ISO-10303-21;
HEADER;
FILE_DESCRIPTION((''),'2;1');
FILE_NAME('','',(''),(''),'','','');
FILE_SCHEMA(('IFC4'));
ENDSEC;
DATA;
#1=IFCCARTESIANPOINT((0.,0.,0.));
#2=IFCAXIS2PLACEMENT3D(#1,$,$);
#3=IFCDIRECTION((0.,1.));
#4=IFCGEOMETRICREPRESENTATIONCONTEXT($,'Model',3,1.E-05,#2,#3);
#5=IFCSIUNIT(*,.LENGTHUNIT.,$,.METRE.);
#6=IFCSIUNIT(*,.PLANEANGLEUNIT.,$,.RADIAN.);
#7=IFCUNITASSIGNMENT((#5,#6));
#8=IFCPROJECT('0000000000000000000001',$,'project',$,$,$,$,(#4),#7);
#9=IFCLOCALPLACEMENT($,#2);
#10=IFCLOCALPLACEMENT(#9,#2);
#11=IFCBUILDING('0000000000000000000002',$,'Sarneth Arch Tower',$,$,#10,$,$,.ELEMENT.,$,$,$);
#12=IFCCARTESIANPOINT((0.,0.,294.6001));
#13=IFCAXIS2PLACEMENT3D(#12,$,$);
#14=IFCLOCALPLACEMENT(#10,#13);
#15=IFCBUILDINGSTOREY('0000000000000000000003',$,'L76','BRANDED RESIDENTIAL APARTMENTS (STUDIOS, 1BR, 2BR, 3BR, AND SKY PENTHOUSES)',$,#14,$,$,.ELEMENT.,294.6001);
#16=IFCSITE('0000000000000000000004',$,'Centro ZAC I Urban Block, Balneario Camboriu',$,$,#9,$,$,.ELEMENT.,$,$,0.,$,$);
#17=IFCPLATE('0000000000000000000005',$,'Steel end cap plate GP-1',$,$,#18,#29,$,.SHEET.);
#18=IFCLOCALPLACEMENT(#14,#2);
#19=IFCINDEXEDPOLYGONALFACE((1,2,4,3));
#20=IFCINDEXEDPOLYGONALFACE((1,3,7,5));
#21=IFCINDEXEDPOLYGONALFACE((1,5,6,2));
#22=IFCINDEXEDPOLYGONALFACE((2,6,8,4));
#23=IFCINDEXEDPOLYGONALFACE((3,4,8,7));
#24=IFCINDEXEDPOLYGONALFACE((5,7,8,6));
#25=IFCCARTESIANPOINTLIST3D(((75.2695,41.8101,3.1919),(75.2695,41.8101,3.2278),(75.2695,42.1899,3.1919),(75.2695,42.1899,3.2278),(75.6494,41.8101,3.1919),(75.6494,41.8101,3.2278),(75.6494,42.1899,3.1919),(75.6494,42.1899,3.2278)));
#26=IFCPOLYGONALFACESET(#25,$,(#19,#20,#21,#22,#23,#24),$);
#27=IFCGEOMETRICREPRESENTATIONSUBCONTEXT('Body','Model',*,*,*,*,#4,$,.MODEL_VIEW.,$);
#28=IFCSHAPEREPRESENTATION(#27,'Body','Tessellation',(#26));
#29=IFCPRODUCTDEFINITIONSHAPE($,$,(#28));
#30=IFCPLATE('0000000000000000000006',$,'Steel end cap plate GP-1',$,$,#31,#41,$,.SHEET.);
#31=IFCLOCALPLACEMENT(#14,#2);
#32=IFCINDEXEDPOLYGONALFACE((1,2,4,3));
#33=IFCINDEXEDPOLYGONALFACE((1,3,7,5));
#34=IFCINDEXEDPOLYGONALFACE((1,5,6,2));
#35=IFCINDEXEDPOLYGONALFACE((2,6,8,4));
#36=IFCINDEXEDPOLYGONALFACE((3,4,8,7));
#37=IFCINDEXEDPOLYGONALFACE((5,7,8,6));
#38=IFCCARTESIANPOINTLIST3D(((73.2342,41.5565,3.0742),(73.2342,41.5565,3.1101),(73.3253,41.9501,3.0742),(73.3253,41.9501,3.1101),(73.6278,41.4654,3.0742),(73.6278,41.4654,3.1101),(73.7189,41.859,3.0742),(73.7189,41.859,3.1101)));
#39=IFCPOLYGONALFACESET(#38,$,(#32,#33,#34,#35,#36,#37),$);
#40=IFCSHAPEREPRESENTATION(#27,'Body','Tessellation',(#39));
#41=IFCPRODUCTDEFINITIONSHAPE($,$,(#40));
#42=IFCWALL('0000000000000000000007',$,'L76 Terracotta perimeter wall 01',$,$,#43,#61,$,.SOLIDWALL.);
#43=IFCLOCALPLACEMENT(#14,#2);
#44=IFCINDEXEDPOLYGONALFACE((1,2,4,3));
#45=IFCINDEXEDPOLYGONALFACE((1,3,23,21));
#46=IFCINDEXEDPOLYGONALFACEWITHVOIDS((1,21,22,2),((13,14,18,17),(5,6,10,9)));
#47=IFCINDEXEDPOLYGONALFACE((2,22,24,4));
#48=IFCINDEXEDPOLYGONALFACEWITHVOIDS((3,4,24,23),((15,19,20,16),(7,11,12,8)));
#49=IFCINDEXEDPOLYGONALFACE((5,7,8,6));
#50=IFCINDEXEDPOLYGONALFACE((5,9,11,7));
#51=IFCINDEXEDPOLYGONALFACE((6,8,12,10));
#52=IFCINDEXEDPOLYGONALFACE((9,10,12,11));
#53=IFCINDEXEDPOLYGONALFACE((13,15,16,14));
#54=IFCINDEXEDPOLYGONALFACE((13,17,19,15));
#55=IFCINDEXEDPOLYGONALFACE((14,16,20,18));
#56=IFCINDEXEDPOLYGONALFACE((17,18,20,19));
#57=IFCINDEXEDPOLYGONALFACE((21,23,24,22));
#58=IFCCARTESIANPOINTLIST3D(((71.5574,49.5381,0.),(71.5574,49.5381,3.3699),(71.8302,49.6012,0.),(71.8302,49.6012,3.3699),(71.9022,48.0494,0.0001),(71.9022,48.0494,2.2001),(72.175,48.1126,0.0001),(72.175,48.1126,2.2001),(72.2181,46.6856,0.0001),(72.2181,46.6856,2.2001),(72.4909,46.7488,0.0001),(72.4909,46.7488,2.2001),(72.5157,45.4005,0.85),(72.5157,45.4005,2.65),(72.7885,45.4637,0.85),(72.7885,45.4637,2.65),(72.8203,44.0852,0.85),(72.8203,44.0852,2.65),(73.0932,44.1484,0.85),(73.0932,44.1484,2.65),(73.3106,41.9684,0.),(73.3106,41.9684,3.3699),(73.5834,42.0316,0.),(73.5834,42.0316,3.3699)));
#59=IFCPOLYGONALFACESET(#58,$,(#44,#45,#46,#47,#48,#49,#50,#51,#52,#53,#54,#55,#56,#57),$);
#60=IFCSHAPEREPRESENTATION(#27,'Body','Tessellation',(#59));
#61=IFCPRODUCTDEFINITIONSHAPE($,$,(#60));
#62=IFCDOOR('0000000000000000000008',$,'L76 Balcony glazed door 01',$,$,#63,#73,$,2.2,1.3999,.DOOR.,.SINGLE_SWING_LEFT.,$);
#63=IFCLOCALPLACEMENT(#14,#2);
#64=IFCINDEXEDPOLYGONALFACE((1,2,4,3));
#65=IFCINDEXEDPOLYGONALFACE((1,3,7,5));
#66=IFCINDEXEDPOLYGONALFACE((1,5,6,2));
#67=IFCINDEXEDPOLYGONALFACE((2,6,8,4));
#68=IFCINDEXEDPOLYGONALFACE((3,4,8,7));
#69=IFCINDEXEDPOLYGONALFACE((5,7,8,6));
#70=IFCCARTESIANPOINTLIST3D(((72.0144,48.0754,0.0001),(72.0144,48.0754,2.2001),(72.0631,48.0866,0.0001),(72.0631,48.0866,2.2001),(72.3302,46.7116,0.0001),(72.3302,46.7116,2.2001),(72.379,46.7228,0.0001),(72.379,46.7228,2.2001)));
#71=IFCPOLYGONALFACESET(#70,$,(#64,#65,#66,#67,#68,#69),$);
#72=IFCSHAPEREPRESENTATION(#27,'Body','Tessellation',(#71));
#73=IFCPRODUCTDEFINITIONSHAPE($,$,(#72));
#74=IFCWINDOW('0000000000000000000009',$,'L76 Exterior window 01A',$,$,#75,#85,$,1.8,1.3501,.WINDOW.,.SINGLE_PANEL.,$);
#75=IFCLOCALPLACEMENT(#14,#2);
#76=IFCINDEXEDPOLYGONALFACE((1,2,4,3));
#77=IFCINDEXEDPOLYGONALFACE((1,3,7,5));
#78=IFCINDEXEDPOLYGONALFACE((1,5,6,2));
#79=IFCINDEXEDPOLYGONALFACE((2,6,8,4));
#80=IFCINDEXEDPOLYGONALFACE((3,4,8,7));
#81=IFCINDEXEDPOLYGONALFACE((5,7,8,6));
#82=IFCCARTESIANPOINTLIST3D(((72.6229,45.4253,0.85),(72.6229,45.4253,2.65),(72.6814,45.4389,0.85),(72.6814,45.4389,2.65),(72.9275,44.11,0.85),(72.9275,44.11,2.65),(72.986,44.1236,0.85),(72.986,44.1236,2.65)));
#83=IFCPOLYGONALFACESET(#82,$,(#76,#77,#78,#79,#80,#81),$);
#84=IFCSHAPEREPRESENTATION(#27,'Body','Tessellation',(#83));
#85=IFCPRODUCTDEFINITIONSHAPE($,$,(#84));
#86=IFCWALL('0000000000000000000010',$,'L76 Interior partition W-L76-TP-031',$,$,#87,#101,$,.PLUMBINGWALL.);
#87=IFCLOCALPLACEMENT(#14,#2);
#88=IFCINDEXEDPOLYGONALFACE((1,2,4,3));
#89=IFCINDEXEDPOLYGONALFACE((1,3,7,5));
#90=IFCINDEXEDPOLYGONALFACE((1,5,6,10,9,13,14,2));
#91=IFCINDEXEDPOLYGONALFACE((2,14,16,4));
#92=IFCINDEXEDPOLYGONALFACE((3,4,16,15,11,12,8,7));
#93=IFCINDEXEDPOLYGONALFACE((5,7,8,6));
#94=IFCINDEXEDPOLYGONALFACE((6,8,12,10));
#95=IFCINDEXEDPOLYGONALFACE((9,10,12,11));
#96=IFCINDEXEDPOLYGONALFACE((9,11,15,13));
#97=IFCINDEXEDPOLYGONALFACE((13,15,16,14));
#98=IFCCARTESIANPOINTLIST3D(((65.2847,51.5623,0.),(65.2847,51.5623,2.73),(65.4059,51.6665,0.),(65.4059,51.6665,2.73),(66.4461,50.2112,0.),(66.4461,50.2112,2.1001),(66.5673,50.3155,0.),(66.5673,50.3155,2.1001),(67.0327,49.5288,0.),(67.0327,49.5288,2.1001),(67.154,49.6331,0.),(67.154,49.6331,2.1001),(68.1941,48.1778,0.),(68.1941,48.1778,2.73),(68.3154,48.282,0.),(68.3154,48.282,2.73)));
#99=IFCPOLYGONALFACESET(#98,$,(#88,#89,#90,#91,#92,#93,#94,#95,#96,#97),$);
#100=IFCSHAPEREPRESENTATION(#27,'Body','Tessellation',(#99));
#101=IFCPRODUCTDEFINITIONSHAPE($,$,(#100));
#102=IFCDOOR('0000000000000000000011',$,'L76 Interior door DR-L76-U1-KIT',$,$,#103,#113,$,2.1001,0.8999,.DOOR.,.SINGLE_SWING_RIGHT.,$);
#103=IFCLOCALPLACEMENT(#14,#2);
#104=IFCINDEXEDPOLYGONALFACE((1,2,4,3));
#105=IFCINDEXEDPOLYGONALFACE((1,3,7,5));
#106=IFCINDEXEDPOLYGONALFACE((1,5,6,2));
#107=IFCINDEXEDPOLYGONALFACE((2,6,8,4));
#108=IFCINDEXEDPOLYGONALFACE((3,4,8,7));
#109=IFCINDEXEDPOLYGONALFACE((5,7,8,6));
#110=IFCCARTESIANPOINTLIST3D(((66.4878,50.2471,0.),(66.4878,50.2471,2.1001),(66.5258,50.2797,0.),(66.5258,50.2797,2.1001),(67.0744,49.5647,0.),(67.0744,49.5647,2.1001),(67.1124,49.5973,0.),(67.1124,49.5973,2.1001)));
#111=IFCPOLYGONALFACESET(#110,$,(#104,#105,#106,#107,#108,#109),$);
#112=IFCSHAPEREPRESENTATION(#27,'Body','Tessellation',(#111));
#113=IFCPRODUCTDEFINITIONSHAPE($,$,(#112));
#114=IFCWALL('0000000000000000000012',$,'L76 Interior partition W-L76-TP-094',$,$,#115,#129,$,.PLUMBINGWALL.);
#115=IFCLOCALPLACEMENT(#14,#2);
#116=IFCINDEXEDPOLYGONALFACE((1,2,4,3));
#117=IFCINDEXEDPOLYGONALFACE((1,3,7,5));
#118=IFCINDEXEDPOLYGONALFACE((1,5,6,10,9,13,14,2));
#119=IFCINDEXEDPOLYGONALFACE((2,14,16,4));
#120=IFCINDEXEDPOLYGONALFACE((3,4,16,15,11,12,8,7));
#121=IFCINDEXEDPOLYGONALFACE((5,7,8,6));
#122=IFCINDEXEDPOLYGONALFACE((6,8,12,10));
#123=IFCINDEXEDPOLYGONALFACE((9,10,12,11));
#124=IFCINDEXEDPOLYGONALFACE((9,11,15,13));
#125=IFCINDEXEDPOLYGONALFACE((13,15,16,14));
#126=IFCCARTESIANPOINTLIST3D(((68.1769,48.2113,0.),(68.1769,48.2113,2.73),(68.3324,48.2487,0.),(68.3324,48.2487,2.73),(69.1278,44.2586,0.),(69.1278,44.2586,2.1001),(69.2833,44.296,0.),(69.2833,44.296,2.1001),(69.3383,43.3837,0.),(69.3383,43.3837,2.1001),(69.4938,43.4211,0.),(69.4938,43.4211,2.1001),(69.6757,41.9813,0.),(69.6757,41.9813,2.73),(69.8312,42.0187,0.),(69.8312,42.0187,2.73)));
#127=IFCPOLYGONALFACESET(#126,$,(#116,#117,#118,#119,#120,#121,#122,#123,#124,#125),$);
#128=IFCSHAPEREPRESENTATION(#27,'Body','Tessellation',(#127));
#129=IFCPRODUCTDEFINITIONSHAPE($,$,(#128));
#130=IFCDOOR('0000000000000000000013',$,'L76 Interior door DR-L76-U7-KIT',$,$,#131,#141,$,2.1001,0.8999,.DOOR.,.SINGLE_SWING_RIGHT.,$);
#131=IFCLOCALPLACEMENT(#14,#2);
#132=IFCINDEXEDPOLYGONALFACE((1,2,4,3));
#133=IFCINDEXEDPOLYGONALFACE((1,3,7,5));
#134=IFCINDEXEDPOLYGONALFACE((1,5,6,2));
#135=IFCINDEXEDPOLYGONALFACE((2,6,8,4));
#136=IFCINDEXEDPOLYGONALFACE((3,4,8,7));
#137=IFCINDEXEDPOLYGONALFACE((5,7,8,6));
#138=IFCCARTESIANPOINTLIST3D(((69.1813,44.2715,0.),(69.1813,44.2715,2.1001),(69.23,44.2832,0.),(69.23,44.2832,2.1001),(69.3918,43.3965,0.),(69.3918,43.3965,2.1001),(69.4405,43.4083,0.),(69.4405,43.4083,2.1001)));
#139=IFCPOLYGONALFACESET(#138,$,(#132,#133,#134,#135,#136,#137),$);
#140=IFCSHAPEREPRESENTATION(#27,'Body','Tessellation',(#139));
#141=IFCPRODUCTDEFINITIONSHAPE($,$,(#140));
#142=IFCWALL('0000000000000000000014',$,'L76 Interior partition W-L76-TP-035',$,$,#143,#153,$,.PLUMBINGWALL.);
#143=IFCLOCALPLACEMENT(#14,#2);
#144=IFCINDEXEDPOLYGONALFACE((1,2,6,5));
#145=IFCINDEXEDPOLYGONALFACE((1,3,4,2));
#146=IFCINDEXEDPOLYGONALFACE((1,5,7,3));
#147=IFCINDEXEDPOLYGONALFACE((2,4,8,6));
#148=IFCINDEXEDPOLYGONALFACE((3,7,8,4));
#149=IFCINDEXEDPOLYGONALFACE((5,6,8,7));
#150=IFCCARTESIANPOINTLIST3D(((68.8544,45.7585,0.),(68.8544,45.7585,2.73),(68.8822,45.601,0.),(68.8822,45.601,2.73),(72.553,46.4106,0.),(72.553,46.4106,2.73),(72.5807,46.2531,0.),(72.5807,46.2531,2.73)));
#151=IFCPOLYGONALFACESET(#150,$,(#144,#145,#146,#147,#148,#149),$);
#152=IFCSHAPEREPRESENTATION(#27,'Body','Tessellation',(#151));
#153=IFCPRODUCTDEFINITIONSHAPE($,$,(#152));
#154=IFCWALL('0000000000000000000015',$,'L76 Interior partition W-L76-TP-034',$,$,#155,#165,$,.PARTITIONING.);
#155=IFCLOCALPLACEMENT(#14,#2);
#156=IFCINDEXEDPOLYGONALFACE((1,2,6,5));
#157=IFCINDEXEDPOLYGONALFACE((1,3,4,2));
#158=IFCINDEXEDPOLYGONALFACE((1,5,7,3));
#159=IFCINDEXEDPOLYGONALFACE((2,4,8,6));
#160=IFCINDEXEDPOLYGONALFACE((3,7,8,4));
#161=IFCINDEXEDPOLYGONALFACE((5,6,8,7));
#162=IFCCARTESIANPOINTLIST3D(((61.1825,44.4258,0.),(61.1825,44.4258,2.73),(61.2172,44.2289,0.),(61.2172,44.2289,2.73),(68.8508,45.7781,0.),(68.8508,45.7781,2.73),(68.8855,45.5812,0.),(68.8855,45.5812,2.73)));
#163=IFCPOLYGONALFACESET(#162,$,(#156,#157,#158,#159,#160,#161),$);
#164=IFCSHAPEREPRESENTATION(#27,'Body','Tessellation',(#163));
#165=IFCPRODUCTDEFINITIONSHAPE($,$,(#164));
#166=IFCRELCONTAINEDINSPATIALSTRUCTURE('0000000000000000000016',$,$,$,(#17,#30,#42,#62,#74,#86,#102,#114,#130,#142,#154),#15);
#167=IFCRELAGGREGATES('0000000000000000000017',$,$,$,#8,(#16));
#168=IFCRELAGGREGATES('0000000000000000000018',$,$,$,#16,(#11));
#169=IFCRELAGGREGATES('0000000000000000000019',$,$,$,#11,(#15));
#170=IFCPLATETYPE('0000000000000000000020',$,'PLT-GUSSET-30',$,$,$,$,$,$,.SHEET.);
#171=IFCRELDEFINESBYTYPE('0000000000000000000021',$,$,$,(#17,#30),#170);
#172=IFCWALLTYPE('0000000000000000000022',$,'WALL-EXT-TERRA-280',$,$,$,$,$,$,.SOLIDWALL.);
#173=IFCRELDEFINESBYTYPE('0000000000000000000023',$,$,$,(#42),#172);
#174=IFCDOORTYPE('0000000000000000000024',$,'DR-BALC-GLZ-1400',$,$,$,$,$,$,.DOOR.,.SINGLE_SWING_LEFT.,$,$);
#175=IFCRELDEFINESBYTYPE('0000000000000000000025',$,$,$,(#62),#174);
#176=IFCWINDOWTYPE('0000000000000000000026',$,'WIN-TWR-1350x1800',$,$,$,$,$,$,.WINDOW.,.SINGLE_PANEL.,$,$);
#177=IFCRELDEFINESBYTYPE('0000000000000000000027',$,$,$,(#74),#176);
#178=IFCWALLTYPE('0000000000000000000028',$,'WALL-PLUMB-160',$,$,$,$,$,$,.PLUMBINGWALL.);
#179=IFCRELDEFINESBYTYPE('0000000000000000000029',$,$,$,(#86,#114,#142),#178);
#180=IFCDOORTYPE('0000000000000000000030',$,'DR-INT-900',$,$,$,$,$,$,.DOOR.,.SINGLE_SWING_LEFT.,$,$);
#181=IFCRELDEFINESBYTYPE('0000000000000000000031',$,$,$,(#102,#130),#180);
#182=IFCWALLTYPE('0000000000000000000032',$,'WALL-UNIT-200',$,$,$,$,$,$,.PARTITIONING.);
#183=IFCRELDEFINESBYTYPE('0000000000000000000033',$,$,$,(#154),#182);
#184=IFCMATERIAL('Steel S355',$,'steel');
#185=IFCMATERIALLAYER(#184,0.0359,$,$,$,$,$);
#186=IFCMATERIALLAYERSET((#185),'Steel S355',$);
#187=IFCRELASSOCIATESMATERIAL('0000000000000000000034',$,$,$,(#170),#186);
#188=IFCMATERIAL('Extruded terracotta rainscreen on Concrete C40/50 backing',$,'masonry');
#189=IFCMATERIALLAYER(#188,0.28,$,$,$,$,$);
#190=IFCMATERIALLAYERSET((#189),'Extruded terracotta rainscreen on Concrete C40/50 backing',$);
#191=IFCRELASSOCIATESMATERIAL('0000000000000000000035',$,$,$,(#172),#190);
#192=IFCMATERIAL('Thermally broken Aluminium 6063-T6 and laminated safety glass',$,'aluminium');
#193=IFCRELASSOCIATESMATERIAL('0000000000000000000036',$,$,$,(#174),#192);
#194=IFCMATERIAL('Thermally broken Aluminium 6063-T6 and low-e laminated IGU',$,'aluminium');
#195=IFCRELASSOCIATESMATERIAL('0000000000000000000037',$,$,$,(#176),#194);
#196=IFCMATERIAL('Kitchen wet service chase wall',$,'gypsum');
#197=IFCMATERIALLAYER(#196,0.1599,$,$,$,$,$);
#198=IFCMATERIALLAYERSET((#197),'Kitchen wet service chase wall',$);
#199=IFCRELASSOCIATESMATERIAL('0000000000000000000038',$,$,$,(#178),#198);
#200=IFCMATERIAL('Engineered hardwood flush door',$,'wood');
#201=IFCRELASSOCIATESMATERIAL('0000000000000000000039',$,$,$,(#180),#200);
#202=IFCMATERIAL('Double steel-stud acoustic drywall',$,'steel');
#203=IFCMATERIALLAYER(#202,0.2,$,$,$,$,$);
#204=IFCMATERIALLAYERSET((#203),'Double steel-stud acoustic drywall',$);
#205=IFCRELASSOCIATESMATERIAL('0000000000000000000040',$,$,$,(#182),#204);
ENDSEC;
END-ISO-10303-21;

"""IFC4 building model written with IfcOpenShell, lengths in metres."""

from ifc_helpers import new_model, si_unit, direction, frame, frame_2d, origin, origin_2d, place, context, subcontext, project, spatial, rectangle, extrude, material, layer, layer_set, type_object, element, fill, save


model = new_model("IFC4")

# Units and contexts
model_context = context("Model", 3, precision=1e-05, world=origin(), true_north=direction((0.0, 1.0)))
body_context = subcontext(model_context, "Body", "Model", "MODEL_VIEW")
ifc_project = project(units=[si_unit("LENGTHUNIT", "METRE"), si_unit("PLANEANGLEUNIT", "RADIAN")], contexts=[model_context])

# Site, building, storey
site_placement = place(None, origin())
site = spatial("IfcSite", under=ifc_project, at=site_placement, Name="Centro ZAC I Urban Block, Balneario Camboriu", CompositionType="ELEMENT", RefElevation=0.0)
building_placement = place(site_placement, origin())
building = spatial("IfcBuilding", under=site, at=building_placement, Name="Sarneth Arch Tower", CompositionType="ELEMENT")
storey_placement = place(building_placement, frame((0.0, 0.0, 294.6001)))
storey = spatial("IfcBuildingStorey", under=building, at=storey_placement, Name="L76", Description="BRANDED RESIDENTIAL APARTMENTS (STUDIOS, 1BR, 2BR, 3BR, AND SKY PENTHOUSES)", CompositionType="ELEMENT", Elevation=294.6001)

# Plates
ifc_material_1 = material(Name="Steel S355", Category="steel")
ifc_layer_1 = layer(ifc_material_1, 0.0359)
ifc_layer_set_1 = layer_set([ifc_layer_1], Name="Steel S355")
plate_type_1 = type_object("IfcPlateType", Name="PLT-GUSSET-30", PredefinedType="SHEET", material=ifc_layer_set_1)
plate_1_placement = place(storey_placement, frame((75.4595, 42.0, 3.1919), z_axis=(0.0, 0.0, 1.0), x_axis=(1.0, 0.0, 0.0)))
element("IfcPlate", 1, at=plate_1_placement, inside=storey, type_object=plate_type_1, Name="Steel end cap plate GP-1", PredefinedType="SHEET", context=body_context, shape_type="SweptSolid", body=[
    extrude(rectangle(XDim=0.3799, YDim=0.3799, at=origin_2d()), origin(), (0.0, 0.0, 1.0), 0.0359),
])
plate_2_placement = place(storey_placement, frame((73.4766, 41.7078, 3.0742), z_axis=(0.0, 0.0, 1.0), x_axis=(0.225461, 0.974252, 0.0)))
element("IfcPlate", 2, at=plate_2_placement, inside=storey, type_object=plate_type_1, Name="Steel end cap plate GP-1", PredefinedType="SHEET", context=body_context, shape_type="SweptSolid", body=[
    extrude(rectangle(XDim=0.4041, YDim=0.4041, at=origin_2d()), origin(), (0.0, 0.0, 1.0), 0.0359),
])

# Wall, openings, door, window
ifc_material_2 = material(Name="Extruded terracotta rainscreen on Concrete C40/50 backing", Category="masonry")
ifc_layer_2 = layer(ifc_material_2, 0.28)
ifc_layer_set_2 = layer_set([ifc_layer_2], Name="Extruded terracotta rainscreen on Concrete C40/50 backing")
wall_type_1 = type_object("IfcWallType", Name="WALL-EXT-TERRA-280", PredefinedType="SOLIDWALL", material=ifc_layer_set_2)
wall_1_placement = place(storey_placement, frame((73.447, 42.0, 0.0), z_axis=(0.0, 0.0, 1.0), x_axis=(-0.225635, 0.974212, 0.0)))
wall_1 = element("IfcWall", 3, at=wall_1_placement, inside=storey, type_object=wall_type_1, Name="L76 Terracotta perimeter wall 01", PredefinedType="SOLIDWALL", context=body_context, shape_type="SweptSolid", body=[
    extrude(rectangle(XDim=7.77, YDim=0.28, at=frame_2d((3.885, 0.0))), origin(), (0.0, 0.0, 1.0), 3.3699),
])
opening_1_placement = place(wall_1_placement, frame((2.1729, 0.0, 0.8501)))
opening_1 = element("IfcOpeningElement", 4, at=opening_1_placement, cuts=wall_1, PredefinedType="OPENING", context=body_context, shape_type="SweptSolid", body=[
    extrude(rectangle(XDim=1.3501, YDim=1.8, at=frame_2d((0.675, 0.8999))), frame((0.0, 0.1499, 0.0), z_axis=(0.0, -1.0, 0.0), x_axis=(1.0, 0.0, 0.0)), (0.0, 0.0, 1.0), 0.3),
])
opening_2_placement = place(wall_1_placement, frame((4.842, 0.0, 0.0)))
opening_2 = element("IfcOpeningElement", 5, at=opening_2_placement, cuts=wall_1, PredefinedType="OPENING", context=body_context, shape_type="SweptSolid", body=[
    extrude(rectangle(XDim=1.3999, YDim=2.2, at=frame_2d((0.7, 1.1001))), frame((0.0, 0.1499, 0.0), z_axis=(0.0, -1.0, 0.0), x_axis=(1.0, 0.0, 0.0)), (0.0, 0.0, 1.0), 0.3),
])
ifc_material_3 = material(Name="Thermally broken Aluminium 6063-T6 and laminated safety glass", Category="aluminium")
door_type_1 = type_object("IfcDoorType", Name="DR-BALC-GLZ-1400", OperationType="SINGLE_SWING_LEFT", PredefinedType="DOOR", material=ifc_material_3)
door_1_placement = place(opening_2_placement, origin())
door_1 = element("IfcDoor", 6, at=door_1_placement, inside=storey, type_object=door_type_1, Name="L76 Balcony glazed door 01", OperationType="SINGLE_SWING_LEFT", OverallHeight=2.2, OverallWidth=1.3999, PredefinedType="DOOR", context=body_context, shape_type="SweptSolid", body=[
    extrude(rectangle(XDim=1.3999, YDim=2.2, at=frame_2d((0.7, 1.1001))), frame((0.0, 0.0249, 0.0), z_axis=(0.0, -1.0, 0.0), x_axis=(1.0, 0.0, 0.0)), (0.0, 0.0, 1.0), 0.05),
])
fill(opening_2, door_1)
ifc_material_4 = material(Name="Thermally broken Aluminium 6063-T6 and low-e laminated IGU", Category="aluminium")
window_type = type_object("IfcWindowType", Name="WIN-TWR-1350x1800", PartitioningType="SINGLE_PANEL", PredefinedType="WINDOW", material=ifc_material_4)
window_placement = place(opening_1_placement, origin())
window = element("IfcWindow", 7, at=window_placement, inside=storey, type_object=window_type, Name="L76 Exterior window 01A", OverallHeight=1.8, OverallWidth=1.3501, PartitioningType="SINGLE_PANEL", PredefinedType="WINDOW", context=body_context, shape_type="SweptSolid", body=[
    extrude(rectangle(XDim=1.3501, YDim=1.8, at=frame_2d((0.675, 0.8999))), frame((0.0, 0.03, 0.0), z_axis=(0.0, -1.0, 0.0), x_axis=(1.0, 0.0, 0.0)), (0.0, 0.0, 1.0), 0.0601),
])
fill(opening_1, window)

# Walls, openings, doors
ifc_material_5 = material(Name="Kitchen wet service chase wall", Category="gypsum")
ifc_layer_3 = layer(ifc_material_5, 0.1599)
ifc_layer_set_3 = layer_set([ifc_layer_3], Name="Kitchen wet service chase wall")
wall_type_2 = type_object("IfcWallType", Name="WALL-PLUMB-160", PredefinedType="PLUMBINGWALL", material=ifc_layer_set_3)
wall_2_placement = place(storey_placement, frame((68.2546, 48.23, 0.0), z_axis=(0.0, 0.0, 1.0), x_axis=(-0.651876, 0.758325, 0.0)))
wall_2 = element("IfcWall", 8, at=wall_2_placement, inside=storey, type_object=wall_type_2, Name="L76 Interior partition W-L76-TP-031", PredefinedType="PLUMBINGWALL", context=body_context, shape_type="SweptSolid", body=[
    extrude(rectangle(XDim=4.4631, YDim=0.1599, at=frame_2d((2.2314, 0.0))), origin(), (0.0, 0.0, 1.0), 2.73),
])
opening_3_placement = place(wall_2_placement, frame((1.7815, 0.0, 0.0)))
opening_3 = element("IfcOpeningElement", 9, at=opening_3_placement, cuts=wall_2, PredefinedType="OPENING", context=body_context, shape_type="SweptSolid", body=[
    extrude(rectangle(XDim=0.8999, YDim=2.1001, at=frame_2d((0.45, 1.05))), frame((0.0, 0.0898, 0.0), z_axis=(0.0, -1.0, 0.0), x_axis=(1.0, 0.0, 0.0)), (0.0, 0.0, 1.0), 0.1799),
])
ifc_material_6 = material(Name="Engineered hardwood flush door", Category="wood")
door_type_2 = type_object("IfcDoorType", Name="DR-INT-900", OperationType="SINGLE_SWING_LEFT", PredefinedType="DOOR", material=ifc_material_6)
door_2_placement = place(opening_3_placement, origin())
door_2 = element("IfcDoor", 10, at=door_2_placement, inside=storey, type_object=door_type_2, Name="L76 Interior door DR-L76-U1-KIT", OperationType="SINGLE_SWING_RIGHT", OverallHeight=2.1001, OverallWidth=0.8999, PredefinedType="DOOR", context=body_context, shape_type="SweptSolid", body=[
    extrude(rectangle(XDim=0.8999, YDim=2.1001, at=frame_2d((0.45, 1.05))), frame((0.0, 0.0249, 0.0), z_axis=(0.0, -1.0, 0.0), x_axis=(1.0, 0.0, 0.0)), (0.0, 0.0, 1.0), 0.05),
])
fill(opening_3, door_2)
wall_3_placement = place(storey_placement, frame((69.7534, 42.0, 0.0), z_axis=(0.0, 0.0, 1.0), x_axis=(-0.233902, 0.97226, 0.0)))
wall_3 = element("IfcWall", 11, at=wall_3_placement, inside=storey, type_object=wall_type_2, Name="L76 Interior partition W-L76-TP-094", PredefinedType="PLUMBINGWALL", context=body_context, shape_type="SweptSolid", body=[
    extrude(rectangle(XDim=6.4077, YDim=0.1599, at=frame_2d((3.2039, 0.0))), origin(), (0.0, 0.0, 1.0), 2.73),
])
opening_4_placement = place(wall_3_placement, frame((1.4424, 0.0, 0.0)))
opening_4 = element("IfcOpeningElement", 12, at=opening_4_placement, cuts=wall_3, PredefinedType="OPENING", context=body_context, shape_type="SweptSolid", body=[
    extrude(rectangle(XDim=0.8999, YDim=2.1001, at=frame_2d((0.45, 1.05))), frame((0.0, 0.0898, 0.0), z_axis=(0.0, -1.0, 0.0), x_axis=(1.0, 0.0, 0.0)), (0.0, 0.0, 1.0), 0.1799),
])
door_3_placement = place(opening_4_placement, origin())
door_3 = element("IfcDoor", 13, at=door_3_placement, inside=storey, type_object=door_type_2, Name="L76 Interior door DR-L76-U7-KIT", OperationType="SINGLE_SWING_RIGHT", OverallHeight=2.1001, OverallWidth=0.8999, PredefinedType="DOOR", context=body_context, shape_type="SweptSolid", body=[
    extrude(rectangle(XDim=0.8999, YDim=2.1001, at=frame_2d((0.45, 1.05))), frame((0.0, 0.0249, 0.0), z_axis=(0.0, -1.0, 0.0), x_axis=(1.0, 0.0, 0.0)), (0.0, 0.0, 1.0), 0.05),
])
fill(opening_4, door_3)

# Walls
wall_4_placement = place(storey_placement, frame((68.8682, 45.6797, 0.0), z_axis=(0.0, 0.0, 1.0), x_axis=(0.98481, 0.173637, 0.0)))
element("IfcWall", 14, at=wall_4_placement, inside=storey, type_object=wall_type_2, Name="L76 Interior partition W-L76-TP-035", PredefinedType="PLUMBINGWALL", context=body_context, shape_type="SweptSolid", body=[
    extrude(rectangle(XDim=3.7556, YDim=0.1599, at=frame_2d((1.8779, 0.0))), origin(), (0.0, 0.0, 1.0), 2.73),
])
ifc_material_7 = material(Name="Double steel-stud acoustic drywall", Category="steel")
ifc_layer_4 = layer(ifc_material_7, 0.2)
ifc_layer_set_4 = layer_set([ifc_layer_4], Name="Double steel-stud acoustic drywall")
wall_type_3 = type_object("IfcWallType", Name="WALL-UNIT-200", PredefinedType="PARTITIONING", material=ifc_layer_set_4)
wall_5_placement = place(storey_placement, frame((68.8682, 45.6797, 0.0), z_axis=(0.0, 0.0, 1.0), x_axis=(-0.984804, -0.173671, 0.0)))
element("IfcWall", 15, at=wall_5_placement, inside=storey, type_object=wall_type_3, Name="L76 Interior partition W-L76-TP-034", PredefinedType="PARTITIONING", context=body_context, shape_type="SweptSolid", body=[
    extrude(rectangle(XDim=7.7866, YDim=0.2, at=frame_2d((3.8933, 0.0))), origin(), (0.0, 0.0, 1.0), 2.73),
])

save(model, "model.ifc")
